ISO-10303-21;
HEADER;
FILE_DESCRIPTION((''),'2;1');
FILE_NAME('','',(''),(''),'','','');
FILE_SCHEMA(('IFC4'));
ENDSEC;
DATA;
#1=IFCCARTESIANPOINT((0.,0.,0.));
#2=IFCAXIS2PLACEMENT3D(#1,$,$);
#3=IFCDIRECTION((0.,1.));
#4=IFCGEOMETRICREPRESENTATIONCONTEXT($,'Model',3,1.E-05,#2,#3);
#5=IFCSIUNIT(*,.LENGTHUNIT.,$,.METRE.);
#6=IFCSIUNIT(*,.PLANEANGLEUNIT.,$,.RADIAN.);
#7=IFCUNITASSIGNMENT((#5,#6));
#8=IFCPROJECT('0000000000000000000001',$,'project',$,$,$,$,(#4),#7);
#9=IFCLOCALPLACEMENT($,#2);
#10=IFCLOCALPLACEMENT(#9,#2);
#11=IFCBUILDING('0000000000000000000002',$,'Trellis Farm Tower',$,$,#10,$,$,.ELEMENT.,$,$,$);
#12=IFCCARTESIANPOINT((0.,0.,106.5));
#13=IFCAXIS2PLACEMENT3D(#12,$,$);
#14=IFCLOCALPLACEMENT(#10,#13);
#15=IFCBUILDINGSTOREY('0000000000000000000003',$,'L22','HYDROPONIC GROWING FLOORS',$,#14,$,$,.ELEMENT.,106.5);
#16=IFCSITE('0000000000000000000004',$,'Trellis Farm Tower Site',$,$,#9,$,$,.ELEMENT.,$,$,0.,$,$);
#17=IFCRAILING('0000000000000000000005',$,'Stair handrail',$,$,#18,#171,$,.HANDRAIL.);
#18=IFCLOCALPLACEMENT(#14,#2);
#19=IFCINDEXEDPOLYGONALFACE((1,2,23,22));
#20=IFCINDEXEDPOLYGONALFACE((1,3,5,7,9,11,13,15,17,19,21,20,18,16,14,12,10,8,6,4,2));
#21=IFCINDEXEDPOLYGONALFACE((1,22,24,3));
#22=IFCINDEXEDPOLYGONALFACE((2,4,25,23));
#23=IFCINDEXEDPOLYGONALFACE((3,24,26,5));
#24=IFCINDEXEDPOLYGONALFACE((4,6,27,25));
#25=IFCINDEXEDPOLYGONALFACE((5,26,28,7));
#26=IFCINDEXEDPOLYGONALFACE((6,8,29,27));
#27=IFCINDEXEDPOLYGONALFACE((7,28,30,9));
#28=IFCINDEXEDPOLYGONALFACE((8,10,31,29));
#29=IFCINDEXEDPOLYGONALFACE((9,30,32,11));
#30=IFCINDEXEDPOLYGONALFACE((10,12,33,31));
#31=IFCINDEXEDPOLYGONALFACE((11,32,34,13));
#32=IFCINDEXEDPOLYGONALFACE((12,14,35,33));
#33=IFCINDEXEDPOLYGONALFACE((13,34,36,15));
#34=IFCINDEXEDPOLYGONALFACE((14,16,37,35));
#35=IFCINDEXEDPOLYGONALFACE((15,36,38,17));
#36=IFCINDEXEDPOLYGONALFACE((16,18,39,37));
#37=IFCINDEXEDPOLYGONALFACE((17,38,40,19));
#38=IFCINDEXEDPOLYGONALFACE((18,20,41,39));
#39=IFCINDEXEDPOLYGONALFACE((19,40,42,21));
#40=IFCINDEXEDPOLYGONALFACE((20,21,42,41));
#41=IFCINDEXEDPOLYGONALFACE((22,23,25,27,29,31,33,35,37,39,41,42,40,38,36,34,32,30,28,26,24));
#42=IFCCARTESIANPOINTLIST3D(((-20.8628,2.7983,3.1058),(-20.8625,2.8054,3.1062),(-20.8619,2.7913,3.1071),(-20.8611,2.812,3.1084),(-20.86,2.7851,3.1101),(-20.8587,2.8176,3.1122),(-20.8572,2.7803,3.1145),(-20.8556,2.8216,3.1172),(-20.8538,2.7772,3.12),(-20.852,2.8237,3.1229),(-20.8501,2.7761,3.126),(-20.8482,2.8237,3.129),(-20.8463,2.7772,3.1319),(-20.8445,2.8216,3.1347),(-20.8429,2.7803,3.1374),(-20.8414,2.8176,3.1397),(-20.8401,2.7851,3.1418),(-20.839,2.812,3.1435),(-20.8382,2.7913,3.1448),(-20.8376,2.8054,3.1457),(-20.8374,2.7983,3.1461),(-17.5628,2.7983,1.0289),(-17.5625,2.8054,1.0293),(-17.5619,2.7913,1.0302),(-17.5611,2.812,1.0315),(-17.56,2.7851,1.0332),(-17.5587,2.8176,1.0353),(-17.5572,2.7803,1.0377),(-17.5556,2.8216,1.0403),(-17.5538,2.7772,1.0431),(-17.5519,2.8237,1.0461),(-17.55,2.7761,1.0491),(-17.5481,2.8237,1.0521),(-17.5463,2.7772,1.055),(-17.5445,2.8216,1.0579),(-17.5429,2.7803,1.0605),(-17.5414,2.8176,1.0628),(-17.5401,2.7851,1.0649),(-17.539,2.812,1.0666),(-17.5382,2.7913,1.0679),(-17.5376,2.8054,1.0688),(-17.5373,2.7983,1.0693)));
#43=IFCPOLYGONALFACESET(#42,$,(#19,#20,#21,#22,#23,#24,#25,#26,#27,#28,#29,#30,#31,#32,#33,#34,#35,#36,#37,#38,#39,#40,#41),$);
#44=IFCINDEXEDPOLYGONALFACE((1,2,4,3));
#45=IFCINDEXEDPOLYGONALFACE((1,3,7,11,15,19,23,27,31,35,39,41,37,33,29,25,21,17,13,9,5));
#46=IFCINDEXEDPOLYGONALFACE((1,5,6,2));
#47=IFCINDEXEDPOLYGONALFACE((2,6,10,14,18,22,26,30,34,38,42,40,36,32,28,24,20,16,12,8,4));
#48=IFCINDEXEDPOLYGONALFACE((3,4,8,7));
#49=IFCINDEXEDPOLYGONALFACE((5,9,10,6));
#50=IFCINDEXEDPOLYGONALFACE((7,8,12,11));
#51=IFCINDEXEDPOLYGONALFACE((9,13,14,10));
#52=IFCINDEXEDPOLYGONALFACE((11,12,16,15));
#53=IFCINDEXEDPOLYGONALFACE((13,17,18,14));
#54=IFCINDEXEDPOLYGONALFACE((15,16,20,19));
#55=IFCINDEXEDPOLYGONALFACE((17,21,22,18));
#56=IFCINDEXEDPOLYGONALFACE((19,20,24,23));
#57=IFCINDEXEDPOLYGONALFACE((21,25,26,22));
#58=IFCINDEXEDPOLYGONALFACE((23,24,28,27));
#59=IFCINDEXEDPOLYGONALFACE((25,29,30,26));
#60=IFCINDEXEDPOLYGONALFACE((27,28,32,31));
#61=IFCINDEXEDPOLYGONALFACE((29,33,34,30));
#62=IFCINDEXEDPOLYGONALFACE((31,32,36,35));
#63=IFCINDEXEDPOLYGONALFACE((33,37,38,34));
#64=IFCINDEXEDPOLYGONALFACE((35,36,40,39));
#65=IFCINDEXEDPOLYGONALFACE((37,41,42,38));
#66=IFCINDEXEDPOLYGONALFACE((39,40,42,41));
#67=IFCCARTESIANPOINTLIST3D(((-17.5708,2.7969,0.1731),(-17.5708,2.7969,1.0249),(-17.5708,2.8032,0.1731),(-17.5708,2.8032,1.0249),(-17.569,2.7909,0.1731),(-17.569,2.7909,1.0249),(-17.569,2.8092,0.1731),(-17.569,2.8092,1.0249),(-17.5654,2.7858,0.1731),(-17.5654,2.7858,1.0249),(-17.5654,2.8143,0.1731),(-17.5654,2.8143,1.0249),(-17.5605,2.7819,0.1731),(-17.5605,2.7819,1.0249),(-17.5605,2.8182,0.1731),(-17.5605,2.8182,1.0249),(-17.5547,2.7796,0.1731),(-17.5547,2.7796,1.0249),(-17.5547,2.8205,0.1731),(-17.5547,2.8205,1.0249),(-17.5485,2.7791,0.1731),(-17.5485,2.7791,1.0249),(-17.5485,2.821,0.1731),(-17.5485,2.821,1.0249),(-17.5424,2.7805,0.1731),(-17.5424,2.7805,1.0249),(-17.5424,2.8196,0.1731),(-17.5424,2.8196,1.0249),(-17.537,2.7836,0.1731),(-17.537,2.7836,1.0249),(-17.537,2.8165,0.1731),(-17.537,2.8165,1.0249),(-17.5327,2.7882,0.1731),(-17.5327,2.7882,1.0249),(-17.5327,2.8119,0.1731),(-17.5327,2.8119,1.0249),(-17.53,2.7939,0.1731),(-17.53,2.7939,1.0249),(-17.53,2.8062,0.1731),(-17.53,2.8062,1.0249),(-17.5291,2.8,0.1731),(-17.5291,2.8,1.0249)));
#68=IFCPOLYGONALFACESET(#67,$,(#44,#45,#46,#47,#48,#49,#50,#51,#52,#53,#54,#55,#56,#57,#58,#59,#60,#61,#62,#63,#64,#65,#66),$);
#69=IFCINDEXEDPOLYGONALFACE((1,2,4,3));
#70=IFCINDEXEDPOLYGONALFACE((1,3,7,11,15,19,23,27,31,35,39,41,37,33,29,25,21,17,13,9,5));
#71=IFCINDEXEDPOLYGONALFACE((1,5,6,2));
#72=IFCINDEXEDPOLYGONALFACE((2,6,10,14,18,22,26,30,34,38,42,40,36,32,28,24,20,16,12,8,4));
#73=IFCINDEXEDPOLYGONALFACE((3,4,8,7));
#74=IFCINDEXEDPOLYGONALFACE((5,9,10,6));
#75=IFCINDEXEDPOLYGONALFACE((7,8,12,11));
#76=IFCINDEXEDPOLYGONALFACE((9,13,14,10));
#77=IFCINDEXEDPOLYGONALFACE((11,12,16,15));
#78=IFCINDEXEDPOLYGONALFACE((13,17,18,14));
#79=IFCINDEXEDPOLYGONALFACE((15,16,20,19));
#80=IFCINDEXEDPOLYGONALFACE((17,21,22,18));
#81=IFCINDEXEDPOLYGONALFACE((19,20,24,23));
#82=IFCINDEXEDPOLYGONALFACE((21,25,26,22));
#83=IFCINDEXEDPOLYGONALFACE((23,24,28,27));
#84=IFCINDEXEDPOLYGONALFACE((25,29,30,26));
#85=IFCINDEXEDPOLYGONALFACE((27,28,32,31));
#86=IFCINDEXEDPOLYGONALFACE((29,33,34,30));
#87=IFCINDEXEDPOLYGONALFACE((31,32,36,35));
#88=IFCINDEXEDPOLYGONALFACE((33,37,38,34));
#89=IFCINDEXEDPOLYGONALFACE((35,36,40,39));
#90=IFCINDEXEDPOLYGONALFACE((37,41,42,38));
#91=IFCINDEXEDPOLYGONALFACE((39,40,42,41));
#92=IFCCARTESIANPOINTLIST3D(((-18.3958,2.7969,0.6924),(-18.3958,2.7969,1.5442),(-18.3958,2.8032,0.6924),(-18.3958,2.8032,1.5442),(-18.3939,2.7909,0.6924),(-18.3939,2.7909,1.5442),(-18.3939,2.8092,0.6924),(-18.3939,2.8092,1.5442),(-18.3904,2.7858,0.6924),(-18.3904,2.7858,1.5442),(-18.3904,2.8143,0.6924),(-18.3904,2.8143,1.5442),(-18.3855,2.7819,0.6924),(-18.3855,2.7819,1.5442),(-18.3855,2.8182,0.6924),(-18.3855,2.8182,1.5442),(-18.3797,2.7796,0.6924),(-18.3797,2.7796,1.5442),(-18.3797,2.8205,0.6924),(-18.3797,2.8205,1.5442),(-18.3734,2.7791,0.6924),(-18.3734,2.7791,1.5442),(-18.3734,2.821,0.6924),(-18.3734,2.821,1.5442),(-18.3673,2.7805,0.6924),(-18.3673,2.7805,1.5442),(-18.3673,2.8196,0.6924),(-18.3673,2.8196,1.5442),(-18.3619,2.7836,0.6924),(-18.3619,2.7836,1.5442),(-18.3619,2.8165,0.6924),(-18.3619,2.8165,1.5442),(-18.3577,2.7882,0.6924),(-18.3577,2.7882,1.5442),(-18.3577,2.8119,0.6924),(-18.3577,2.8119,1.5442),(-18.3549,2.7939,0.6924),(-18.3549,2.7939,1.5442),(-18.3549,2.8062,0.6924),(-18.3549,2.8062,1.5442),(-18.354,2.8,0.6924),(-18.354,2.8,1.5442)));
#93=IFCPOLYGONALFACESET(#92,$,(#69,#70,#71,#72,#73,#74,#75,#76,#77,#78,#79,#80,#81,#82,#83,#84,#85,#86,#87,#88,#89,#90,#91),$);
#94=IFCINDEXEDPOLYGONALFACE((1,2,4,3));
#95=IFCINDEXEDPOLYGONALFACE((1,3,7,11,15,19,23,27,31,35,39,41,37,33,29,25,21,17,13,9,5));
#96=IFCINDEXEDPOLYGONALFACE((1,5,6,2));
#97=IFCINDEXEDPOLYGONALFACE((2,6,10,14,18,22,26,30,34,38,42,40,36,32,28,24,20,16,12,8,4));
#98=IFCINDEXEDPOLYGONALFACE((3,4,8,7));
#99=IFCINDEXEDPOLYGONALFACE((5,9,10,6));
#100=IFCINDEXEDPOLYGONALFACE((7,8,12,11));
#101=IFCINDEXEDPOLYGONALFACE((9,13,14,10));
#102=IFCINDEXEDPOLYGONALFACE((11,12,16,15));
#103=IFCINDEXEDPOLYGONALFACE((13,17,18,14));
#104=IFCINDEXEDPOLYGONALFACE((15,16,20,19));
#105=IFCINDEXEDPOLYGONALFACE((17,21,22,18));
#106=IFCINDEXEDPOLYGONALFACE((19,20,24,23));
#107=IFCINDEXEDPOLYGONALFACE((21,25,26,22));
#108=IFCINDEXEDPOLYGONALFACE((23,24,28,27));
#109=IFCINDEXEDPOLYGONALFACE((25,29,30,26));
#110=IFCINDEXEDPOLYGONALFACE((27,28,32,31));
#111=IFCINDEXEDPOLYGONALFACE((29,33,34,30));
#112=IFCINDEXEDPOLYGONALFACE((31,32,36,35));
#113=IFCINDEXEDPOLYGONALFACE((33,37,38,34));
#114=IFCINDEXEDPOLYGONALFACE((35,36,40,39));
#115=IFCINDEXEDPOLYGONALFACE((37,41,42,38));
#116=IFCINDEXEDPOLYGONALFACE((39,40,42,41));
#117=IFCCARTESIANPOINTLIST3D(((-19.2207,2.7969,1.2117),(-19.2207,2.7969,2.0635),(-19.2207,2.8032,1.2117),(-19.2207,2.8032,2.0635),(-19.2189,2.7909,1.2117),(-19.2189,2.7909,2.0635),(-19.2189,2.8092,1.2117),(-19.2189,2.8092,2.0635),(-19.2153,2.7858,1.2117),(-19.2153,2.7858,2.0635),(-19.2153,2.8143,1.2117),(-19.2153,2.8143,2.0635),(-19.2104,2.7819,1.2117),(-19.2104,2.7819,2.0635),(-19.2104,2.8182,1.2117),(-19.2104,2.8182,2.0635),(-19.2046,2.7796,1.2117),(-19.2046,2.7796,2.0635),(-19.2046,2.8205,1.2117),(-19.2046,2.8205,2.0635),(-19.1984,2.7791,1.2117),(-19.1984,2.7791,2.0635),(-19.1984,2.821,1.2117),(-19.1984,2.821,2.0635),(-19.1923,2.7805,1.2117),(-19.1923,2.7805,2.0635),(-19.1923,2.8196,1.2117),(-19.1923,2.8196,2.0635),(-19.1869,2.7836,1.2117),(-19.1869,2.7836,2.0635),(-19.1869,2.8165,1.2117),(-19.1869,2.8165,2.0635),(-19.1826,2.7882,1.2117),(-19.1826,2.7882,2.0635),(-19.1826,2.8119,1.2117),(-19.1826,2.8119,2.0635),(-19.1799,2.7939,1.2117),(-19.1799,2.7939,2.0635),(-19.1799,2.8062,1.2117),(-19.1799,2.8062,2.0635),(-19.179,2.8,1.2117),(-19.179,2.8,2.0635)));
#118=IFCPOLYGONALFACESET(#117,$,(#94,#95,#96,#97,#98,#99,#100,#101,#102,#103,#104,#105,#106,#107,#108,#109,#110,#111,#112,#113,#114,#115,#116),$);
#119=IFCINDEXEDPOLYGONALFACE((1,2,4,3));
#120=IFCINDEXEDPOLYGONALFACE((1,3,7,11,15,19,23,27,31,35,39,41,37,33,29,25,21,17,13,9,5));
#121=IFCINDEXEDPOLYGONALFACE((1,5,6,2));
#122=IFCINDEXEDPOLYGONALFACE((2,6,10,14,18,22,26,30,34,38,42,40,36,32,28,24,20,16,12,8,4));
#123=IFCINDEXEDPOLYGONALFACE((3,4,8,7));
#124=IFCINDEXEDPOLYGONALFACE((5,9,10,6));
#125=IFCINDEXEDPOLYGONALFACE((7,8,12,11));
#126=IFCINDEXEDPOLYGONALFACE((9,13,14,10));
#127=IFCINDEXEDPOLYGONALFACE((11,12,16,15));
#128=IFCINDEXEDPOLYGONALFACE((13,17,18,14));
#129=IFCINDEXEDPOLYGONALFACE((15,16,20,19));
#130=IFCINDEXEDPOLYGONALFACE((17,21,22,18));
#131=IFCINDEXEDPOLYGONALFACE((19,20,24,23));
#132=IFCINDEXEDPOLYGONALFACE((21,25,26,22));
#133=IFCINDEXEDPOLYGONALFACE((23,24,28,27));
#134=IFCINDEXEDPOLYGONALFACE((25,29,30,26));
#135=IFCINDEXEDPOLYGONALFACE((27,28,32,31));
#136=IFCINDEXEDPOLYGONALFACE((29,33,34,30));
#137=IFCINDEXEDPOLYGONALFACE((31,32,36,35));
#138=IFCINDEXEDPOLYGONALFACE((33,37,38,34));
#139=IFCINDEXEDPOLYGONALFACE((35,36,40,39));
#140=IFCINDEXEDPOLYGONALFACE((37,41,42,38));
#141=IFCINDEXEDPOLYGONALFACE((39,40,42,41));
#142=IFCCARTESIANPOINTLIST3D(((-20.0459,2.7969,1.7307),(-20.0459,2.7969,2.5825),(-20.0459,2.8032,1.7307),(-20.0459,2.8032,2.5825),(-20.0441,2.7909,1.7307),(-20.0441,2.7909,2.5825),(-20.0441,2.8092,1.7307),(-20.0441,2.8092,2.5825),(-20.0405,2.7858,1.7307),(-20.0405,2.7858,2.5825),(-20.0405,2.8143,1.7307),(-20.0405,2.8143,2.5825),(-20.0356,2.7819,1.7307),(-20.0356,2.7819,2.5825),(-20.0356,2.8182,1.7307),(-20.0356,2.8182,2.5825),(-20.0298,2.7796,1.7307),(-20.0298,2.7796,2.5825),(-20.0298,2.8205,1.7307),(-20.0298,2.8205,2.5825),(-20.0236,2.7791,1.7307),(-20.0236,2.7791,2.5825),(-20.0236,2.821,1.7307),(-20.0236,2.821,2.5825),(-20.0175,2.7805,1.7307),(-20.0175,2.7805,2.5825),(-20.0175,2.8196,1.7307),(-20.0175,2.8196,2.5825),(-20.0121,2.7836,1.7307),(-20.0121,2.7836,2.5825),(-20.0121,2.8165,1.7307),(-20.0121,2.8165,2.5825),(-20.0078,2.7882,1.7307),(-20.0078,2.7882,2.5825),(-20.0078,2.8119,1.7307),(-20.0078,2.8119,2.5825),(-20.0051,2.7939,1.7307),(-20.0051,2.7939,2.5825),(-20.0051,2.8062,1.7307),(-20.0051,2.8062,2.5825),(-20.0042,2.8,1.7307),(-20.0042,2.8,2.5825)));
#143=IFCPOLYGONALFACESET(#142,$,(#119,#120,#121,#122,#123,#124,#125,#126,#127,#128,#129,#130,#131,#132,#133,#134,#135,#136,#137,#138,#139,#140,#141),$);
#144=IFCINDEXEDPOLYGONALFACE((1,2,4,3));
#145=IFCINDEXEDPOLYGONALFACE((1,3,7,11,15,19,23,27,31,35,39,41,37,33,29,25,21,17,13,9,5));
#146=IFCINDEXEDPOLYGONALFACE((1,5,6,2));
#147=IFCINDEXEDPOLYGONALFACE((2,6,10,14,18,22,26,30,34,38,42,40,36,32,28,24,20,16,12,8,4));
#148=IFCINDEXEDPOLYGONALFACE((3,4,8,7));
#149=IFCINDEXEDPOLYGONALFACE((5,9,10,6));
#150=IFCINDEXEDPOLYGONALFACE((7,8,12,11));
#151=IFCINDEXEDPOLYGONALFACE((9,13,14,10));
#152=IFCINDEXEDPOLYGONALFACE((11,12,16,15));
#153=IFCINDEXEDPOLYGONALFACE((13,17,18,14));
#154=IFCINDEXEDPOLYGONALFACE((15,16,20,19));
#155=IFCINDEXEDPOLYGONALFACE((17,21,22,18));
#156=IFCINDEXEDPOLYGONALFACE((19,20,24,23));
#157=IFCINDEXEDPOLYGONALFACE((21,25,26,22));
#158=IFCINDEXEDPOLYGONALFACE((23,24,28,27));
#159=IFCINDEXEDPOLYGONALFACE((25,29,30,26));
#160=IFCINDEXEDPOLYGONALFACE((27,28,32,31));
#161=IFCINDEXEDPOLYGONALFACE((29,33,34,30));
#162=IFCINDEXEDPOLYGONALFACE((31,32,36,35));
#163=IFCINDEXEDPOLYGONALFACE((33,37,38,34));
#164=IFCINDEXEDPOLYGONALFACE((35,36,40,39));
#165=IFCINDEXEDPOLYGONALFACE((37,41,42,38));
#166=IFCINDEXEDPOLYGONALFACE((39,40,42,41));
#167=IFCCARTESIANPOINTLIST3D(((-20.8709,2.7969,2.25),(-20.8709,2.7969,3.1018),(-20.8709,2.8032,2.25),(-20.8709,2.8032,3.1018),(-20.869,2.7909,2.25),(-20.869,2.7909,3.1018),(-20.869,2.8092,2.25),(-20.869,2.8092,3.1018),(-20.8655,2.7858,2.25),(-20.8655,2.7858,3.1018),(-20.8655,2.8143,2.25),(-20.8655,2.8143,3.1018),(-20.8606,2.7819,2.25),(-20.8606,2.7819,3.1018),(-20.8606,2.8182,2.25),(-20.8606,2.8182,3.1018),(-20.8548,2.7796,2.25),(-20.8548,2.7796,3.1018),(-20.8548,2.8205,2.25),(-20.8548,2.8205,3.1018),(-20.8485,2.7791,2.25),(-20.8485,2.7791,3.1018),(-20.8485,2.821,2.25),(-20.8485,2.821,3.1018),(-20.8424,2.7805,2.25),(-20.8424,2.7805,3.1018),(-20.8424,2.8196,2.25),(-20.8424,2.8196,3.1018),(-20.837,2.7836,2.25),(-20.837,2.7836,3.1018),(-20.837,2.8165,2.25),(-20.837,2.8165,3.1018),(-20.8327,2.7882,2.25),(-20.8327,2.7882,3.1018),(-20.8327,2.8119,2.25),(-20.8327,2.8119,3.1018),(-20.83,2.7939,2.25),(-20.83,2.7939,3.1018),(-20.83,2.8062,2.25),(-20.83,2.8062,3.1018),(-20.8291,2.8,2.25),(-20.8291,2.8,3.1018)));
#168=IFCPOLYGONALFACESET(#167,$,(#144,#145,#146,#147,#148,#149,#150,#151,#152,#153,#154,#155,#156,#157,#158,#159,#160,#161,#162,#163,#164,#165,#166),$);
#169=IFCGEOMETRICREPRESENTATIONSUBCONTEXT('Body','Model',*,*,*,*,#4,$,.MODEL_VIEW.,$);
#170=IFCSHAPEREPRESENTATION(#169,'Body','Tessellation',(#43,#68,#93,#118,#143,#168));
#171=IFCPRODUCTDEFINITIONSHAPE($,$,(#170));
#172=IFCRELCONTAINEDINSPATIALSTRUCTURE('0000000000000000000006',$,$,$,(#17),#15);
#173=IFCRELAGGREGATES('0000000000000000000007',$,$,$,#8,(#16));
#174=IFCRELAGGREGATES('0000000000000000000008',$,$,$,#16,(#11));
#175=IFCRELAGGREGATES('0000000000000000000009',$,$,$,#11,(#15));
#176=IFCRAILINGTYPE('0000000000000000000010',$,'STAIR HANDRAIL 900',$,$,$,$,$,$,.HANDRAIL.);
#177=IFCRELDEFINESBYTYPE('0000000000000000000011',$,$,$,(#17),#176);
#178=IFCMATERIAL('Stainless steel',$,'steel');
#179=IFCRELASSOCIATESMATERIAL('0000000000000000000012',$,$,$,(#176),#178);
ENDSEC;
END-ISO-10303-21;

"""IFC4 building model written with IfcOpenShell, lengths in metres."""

from ifc_helpers import new_model, si_unit, direction, frame, origin, origin_2d, place, context, subcontext, project, spatial, circle, extrude, source, transform, mapped, material, type_object, element, save


model = new_model("IFC4")

# Units and contexts
model_context = context("Model", 3, precision=1e-05, world=origin(), true_north=direction((0.0, 1.0)))
body_context = subcontext(model_context, "Body", "Model", "MODEL_VIEW")
ifc_project = project(units=[si_unit("LENGTHUNIT", "METRE"), si_unit("PLANEANGLEUNIT", "RADIAN")], contexts=[model_context])

# Site, building, storey
site_placement = place(None, origin())
site = spatial("IfcSite", under=ifc_project, at=site_placement, Name="Trellis Farm Tower Site", CompositionType="ELEMENT", RefElevation=0.0)
building_placement = place(site_placement, origin())
building = spatial("IfcBuilding", under=site, at=building_placement, Name="Trellis Farm Tower", CompositionType="ELEMENT")
storey_placement = place(building_placement, frame((0.0, 0.0, 106.5)))
storey = spatial("IfcBuildingStorey", under=building, at=storey_placement, Name="L22", Description="HYDROPONIC GROWING FLOORS", CompositionType="ELEMENT", Elevation=106.5)

# Railing
ifc_material_1 = material(Name="Stainless steel", Category="steel")
railing_type = type_object("IfcRailingType", Name="STAIR HANDRAIL 900", PredefinedType="HANDRAIL", material=ifc_material_1)
shared_shape_1 = source(origin(), body_context, "Body", "SweptSolid", [
    extrude(circle(Radius=0.0239, at=origin_2d()), frame((0.0, 0.0, 0.876), z_axis=(-0.846337, 0.0, 0.532647), x_axis=(0.0, -1.0, 0.0)), (0.0, 0.0, 1.0), 3.8992),
    extrude(circle(Radius=0.021, at=origin_2d()), origin(), (0.0, 0.0, 1.0), 0.8518),
    extrude(circle(Radius=0.021, at=origin_2d()), frame((-0.825, 0.0, 0.5193)), (0.0, 0.0, 1.0), 0.8518),
    extrude(circle(Radius=0.021, at=origin_2d()), frame((-1.6499, 0.0, 1.0386)), (0.0, 0.0, 1.0), 0.8518),
    extrude(circle(Radius=0.021, at=origin_2d()), frame((-2.4751, 0.0, 1.5576)), (0.0, 0.0, 1.0), 0.8518),
    extrude(circle(Radius=0.021, at=origin_2d()), frame((-3.3, 0.0, 2.0769)), (0.0, 0.0, 1.0), 0.8518),
])
for number, where, name in (
    (1, (-17.55, 2.8, 0.1731), "Stair handrail"),
):
    element("IfcRailing", number, at=place(storey_placement, frame(where)), inside=storey, type_object=railing_type, Name=name, PredefinedType="HANDRAIL", context=body_context, shape_type="MappedRepresentation", body=[
        mapped(shared_shape_1, transform((0.0, 0.0, 0.0))),
    ])

save(model, "model.ifc")
